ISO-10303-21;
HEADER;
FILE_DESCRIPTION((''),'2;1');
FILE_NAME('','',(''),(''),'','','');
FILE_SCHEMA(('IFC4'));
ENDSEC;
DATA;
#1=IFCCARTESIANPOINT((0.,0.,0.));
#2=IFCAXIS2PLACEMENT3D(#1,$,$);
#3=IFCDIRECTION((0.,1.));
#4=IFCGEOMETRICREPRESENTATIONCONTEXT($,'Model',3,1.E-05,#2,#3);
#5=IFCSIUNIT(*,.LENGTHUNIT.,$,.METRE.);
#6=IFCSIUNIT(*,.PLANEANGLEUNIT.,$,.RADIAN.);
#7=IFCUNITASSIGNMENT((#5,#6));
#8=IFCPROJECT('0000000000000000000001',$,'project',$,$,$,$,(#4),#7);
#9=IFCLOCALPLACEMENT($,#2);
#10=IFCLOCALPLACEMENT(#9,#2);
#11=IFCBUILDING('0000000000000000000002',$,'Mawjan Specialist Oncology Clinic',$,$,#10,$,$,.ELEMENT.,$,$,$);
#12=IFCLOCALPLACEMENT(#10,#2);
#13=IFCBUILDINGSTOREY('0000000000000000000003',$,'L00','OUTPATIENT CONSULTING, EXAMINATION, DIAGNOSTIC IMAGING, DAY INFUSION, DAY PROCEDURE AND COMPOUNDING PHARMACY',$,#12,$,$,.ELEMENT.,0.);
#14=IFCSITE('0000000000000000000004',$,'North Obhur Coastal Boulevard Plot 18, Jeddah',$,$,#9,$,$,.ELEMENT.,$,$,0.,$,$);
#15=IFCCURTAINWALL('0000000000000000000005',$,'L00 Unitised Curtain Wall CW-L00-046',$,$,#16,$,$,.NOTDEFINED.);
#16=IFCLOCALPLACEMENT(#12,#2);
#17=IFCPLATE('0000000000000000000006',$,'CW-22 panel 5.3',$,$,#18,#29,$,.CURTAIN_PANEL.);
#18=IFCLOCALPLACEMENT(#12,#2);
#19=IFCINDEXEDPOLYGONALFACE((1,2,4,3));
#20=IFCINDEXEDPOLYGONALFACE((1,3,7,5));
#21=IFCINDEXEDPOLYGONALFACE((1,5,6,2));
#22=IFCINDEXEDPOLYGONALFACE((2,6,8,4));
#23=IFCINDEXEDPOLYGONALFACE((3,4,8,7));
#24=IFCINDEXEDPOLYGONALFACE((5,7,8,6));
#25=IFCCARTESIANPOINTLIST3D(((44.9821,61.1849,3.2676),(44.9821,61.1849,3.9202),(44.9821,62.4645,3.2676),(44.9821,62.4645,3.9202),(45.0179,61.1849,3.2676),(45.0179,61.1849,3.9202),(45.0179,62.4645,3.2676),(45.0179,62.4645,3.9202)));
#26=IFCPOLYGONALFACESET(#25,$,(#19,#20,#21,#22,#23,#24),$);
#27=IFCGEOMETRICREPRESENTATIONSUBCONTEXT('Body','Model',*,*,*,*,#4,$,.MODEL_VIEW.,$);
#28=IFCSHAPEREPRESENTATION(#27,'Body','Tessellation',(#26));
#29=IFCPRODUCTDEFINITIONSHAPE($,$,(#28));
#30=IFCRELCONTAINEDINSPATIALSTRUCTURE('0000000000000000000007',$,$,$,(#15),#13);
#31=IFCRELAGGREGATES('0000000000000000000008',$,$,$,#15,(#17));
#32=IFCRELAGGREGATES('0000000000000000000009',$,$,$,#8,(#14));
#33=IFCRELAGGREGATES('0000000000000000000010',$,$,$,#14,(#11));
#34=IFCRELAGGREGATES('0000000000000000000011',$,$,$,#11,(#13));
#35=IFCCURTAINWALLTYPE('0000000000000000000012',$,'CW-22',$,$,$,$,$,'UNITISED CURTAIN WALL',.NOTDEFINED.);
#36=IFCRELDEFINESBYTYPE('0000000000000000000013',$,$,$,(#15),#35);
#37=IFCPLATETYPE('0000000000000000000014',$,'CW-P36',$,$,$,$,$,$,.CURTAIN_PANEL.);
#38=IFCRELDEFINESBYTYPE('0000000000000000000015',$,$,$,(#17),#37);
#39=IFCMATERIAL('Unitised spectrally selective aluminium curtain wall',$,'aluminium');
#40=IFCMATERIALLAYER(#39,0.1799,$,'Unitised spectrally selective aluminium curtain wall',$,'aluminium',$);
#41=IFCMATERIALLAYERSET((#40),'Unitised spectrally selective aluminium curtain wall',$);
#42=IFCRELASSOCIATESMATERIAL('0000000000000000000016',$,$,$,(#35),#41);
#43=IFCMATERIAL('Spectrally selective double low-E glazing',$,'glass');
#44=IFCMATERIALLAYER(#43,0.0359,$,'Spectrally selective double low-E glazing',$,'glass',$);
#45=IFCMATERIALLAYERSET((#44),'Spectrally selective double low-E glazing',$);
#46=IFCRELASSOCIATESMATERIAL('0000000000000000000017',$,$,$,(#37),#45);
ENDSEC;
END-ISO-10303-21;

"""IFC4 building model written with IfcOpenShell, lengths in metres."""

from ifc_helpers import new_model, si_unit, direction, frame, origin, origin_2d, place, context, subcontext, project, spatial, rectangle, extrude, material, layer, layer_set, type_object, element, aggregate, save


model = new_model("IFC4")

# Units and contexts
model_context = context("Model", 3, precision=1e-05, world=origin(), true_north=direction((0.0, 1.0)))
body_context = subcontext(model_context, "Body", "Model", "MODEL_VIEW")
ifc_project = project(units=[si_unit("LENGTHUNIT", "METRE"), si_unit("PLANEANGLEUNIT", "RADIAN")], contexts=[model_context])

# Site, building, storey
site_placement = place(None, origin())
site = spatial("IfcSite", under=ifc_project, at=site_placement, Name="North Obhur Coastal Boulevard Plot 18, Jeddah", CompositionType="ELEMENT", RefElevation=0.0)
building_placement = place(site_placement, origin())
building = spatial("IfcBuilding", under=site, at=building_placement, Name="Mawjan Specialist Oncology Clinic", CompositionType="ELEMENT")
storey_placement = place(building_placement, origin())
storey = spatial("IfcBuildingStorey", under=building, at=storey_placement, Name="L00", Description="OUTPATIENT CONSULTING, EXAMINATION, DIAGNOSTIC IMAGING, DAY INFUSION, DAY PROCEDURE AND COMPOUNDING PHARMACY", CompositionType="ELEMENT", Elevation=0.0)

# Curtain wall
ifc_material_1 = material(Name="Unitised spectrally selective aluminium curtain wall", Category="aluminium")
ifc_layer_1 = layer(ifc_material_1, 0.1799, Name="Unitised spectrally selective aluminium curtain wall", Category="aluminium")
ifc_layer_set_1 = layer_set([ifc_layer_1], Name="Unitised spectrally selective aluminium curtain wall")
curtain_wall_type_1 = type_object("IfcCurtainWallType", Name="CW-22", ElementType="UNITISED CURTAIN WALL", PredefinedType="NOTDEFINED", material=ifc_layer_set_1)
curtain_wall_1_placement = place(storey_placement, origin())
curtain_wall_1 = element("IfcCurtainWall", 1, at=curtain_wall_1_placement, inside=storey, type_object=curtain_wall_type_1, Name="L00 Unitised Curtain Wall CW-L00-046", PredefinedType="NOTDEFINED")

# Plate
ifc_material_2 = material(Name="Spectrally selective double low-E glazing", Category="glass")
ifc_layer_2 = layer(ifc_material_2, 0.0359, Name="Spectrally selective double low-E glazing", Category="glass")
ifc_layer_set_2 = layer_set([ifc_layer_2], Name="Spectrally selective double low-E glazing")
plate_type = type_object("IfcPlateType", Name="CW-P36", PredefinedType="CURTAIN_PANEL", material=ifc_layer_set_2)
plate_1_placement = place(storey_placement, frame((45.0, 61.8247, 3.2676), z_axis=(0.0, 0.0, 1.0), x_axis=(0.0, -1.0, 0.0)))
plate_1 = element("IfcPlate", 2, at=plate_1_placement, type_object=plate_type, Name="CW-22 panel 5.3", PredefinedType="CURTAIN_PANEL", context=body_context, shape_type="SweptSolid", body=[
    extrude(rectangle(XDim=1.2795, YDim=0.0359, at=origin_2d()), origin(), (0.0, 0.0, 1.0), 0.6526),
])
aggregate(curtain_wall_1, [plate_1])

save(model, "model.ifc")
